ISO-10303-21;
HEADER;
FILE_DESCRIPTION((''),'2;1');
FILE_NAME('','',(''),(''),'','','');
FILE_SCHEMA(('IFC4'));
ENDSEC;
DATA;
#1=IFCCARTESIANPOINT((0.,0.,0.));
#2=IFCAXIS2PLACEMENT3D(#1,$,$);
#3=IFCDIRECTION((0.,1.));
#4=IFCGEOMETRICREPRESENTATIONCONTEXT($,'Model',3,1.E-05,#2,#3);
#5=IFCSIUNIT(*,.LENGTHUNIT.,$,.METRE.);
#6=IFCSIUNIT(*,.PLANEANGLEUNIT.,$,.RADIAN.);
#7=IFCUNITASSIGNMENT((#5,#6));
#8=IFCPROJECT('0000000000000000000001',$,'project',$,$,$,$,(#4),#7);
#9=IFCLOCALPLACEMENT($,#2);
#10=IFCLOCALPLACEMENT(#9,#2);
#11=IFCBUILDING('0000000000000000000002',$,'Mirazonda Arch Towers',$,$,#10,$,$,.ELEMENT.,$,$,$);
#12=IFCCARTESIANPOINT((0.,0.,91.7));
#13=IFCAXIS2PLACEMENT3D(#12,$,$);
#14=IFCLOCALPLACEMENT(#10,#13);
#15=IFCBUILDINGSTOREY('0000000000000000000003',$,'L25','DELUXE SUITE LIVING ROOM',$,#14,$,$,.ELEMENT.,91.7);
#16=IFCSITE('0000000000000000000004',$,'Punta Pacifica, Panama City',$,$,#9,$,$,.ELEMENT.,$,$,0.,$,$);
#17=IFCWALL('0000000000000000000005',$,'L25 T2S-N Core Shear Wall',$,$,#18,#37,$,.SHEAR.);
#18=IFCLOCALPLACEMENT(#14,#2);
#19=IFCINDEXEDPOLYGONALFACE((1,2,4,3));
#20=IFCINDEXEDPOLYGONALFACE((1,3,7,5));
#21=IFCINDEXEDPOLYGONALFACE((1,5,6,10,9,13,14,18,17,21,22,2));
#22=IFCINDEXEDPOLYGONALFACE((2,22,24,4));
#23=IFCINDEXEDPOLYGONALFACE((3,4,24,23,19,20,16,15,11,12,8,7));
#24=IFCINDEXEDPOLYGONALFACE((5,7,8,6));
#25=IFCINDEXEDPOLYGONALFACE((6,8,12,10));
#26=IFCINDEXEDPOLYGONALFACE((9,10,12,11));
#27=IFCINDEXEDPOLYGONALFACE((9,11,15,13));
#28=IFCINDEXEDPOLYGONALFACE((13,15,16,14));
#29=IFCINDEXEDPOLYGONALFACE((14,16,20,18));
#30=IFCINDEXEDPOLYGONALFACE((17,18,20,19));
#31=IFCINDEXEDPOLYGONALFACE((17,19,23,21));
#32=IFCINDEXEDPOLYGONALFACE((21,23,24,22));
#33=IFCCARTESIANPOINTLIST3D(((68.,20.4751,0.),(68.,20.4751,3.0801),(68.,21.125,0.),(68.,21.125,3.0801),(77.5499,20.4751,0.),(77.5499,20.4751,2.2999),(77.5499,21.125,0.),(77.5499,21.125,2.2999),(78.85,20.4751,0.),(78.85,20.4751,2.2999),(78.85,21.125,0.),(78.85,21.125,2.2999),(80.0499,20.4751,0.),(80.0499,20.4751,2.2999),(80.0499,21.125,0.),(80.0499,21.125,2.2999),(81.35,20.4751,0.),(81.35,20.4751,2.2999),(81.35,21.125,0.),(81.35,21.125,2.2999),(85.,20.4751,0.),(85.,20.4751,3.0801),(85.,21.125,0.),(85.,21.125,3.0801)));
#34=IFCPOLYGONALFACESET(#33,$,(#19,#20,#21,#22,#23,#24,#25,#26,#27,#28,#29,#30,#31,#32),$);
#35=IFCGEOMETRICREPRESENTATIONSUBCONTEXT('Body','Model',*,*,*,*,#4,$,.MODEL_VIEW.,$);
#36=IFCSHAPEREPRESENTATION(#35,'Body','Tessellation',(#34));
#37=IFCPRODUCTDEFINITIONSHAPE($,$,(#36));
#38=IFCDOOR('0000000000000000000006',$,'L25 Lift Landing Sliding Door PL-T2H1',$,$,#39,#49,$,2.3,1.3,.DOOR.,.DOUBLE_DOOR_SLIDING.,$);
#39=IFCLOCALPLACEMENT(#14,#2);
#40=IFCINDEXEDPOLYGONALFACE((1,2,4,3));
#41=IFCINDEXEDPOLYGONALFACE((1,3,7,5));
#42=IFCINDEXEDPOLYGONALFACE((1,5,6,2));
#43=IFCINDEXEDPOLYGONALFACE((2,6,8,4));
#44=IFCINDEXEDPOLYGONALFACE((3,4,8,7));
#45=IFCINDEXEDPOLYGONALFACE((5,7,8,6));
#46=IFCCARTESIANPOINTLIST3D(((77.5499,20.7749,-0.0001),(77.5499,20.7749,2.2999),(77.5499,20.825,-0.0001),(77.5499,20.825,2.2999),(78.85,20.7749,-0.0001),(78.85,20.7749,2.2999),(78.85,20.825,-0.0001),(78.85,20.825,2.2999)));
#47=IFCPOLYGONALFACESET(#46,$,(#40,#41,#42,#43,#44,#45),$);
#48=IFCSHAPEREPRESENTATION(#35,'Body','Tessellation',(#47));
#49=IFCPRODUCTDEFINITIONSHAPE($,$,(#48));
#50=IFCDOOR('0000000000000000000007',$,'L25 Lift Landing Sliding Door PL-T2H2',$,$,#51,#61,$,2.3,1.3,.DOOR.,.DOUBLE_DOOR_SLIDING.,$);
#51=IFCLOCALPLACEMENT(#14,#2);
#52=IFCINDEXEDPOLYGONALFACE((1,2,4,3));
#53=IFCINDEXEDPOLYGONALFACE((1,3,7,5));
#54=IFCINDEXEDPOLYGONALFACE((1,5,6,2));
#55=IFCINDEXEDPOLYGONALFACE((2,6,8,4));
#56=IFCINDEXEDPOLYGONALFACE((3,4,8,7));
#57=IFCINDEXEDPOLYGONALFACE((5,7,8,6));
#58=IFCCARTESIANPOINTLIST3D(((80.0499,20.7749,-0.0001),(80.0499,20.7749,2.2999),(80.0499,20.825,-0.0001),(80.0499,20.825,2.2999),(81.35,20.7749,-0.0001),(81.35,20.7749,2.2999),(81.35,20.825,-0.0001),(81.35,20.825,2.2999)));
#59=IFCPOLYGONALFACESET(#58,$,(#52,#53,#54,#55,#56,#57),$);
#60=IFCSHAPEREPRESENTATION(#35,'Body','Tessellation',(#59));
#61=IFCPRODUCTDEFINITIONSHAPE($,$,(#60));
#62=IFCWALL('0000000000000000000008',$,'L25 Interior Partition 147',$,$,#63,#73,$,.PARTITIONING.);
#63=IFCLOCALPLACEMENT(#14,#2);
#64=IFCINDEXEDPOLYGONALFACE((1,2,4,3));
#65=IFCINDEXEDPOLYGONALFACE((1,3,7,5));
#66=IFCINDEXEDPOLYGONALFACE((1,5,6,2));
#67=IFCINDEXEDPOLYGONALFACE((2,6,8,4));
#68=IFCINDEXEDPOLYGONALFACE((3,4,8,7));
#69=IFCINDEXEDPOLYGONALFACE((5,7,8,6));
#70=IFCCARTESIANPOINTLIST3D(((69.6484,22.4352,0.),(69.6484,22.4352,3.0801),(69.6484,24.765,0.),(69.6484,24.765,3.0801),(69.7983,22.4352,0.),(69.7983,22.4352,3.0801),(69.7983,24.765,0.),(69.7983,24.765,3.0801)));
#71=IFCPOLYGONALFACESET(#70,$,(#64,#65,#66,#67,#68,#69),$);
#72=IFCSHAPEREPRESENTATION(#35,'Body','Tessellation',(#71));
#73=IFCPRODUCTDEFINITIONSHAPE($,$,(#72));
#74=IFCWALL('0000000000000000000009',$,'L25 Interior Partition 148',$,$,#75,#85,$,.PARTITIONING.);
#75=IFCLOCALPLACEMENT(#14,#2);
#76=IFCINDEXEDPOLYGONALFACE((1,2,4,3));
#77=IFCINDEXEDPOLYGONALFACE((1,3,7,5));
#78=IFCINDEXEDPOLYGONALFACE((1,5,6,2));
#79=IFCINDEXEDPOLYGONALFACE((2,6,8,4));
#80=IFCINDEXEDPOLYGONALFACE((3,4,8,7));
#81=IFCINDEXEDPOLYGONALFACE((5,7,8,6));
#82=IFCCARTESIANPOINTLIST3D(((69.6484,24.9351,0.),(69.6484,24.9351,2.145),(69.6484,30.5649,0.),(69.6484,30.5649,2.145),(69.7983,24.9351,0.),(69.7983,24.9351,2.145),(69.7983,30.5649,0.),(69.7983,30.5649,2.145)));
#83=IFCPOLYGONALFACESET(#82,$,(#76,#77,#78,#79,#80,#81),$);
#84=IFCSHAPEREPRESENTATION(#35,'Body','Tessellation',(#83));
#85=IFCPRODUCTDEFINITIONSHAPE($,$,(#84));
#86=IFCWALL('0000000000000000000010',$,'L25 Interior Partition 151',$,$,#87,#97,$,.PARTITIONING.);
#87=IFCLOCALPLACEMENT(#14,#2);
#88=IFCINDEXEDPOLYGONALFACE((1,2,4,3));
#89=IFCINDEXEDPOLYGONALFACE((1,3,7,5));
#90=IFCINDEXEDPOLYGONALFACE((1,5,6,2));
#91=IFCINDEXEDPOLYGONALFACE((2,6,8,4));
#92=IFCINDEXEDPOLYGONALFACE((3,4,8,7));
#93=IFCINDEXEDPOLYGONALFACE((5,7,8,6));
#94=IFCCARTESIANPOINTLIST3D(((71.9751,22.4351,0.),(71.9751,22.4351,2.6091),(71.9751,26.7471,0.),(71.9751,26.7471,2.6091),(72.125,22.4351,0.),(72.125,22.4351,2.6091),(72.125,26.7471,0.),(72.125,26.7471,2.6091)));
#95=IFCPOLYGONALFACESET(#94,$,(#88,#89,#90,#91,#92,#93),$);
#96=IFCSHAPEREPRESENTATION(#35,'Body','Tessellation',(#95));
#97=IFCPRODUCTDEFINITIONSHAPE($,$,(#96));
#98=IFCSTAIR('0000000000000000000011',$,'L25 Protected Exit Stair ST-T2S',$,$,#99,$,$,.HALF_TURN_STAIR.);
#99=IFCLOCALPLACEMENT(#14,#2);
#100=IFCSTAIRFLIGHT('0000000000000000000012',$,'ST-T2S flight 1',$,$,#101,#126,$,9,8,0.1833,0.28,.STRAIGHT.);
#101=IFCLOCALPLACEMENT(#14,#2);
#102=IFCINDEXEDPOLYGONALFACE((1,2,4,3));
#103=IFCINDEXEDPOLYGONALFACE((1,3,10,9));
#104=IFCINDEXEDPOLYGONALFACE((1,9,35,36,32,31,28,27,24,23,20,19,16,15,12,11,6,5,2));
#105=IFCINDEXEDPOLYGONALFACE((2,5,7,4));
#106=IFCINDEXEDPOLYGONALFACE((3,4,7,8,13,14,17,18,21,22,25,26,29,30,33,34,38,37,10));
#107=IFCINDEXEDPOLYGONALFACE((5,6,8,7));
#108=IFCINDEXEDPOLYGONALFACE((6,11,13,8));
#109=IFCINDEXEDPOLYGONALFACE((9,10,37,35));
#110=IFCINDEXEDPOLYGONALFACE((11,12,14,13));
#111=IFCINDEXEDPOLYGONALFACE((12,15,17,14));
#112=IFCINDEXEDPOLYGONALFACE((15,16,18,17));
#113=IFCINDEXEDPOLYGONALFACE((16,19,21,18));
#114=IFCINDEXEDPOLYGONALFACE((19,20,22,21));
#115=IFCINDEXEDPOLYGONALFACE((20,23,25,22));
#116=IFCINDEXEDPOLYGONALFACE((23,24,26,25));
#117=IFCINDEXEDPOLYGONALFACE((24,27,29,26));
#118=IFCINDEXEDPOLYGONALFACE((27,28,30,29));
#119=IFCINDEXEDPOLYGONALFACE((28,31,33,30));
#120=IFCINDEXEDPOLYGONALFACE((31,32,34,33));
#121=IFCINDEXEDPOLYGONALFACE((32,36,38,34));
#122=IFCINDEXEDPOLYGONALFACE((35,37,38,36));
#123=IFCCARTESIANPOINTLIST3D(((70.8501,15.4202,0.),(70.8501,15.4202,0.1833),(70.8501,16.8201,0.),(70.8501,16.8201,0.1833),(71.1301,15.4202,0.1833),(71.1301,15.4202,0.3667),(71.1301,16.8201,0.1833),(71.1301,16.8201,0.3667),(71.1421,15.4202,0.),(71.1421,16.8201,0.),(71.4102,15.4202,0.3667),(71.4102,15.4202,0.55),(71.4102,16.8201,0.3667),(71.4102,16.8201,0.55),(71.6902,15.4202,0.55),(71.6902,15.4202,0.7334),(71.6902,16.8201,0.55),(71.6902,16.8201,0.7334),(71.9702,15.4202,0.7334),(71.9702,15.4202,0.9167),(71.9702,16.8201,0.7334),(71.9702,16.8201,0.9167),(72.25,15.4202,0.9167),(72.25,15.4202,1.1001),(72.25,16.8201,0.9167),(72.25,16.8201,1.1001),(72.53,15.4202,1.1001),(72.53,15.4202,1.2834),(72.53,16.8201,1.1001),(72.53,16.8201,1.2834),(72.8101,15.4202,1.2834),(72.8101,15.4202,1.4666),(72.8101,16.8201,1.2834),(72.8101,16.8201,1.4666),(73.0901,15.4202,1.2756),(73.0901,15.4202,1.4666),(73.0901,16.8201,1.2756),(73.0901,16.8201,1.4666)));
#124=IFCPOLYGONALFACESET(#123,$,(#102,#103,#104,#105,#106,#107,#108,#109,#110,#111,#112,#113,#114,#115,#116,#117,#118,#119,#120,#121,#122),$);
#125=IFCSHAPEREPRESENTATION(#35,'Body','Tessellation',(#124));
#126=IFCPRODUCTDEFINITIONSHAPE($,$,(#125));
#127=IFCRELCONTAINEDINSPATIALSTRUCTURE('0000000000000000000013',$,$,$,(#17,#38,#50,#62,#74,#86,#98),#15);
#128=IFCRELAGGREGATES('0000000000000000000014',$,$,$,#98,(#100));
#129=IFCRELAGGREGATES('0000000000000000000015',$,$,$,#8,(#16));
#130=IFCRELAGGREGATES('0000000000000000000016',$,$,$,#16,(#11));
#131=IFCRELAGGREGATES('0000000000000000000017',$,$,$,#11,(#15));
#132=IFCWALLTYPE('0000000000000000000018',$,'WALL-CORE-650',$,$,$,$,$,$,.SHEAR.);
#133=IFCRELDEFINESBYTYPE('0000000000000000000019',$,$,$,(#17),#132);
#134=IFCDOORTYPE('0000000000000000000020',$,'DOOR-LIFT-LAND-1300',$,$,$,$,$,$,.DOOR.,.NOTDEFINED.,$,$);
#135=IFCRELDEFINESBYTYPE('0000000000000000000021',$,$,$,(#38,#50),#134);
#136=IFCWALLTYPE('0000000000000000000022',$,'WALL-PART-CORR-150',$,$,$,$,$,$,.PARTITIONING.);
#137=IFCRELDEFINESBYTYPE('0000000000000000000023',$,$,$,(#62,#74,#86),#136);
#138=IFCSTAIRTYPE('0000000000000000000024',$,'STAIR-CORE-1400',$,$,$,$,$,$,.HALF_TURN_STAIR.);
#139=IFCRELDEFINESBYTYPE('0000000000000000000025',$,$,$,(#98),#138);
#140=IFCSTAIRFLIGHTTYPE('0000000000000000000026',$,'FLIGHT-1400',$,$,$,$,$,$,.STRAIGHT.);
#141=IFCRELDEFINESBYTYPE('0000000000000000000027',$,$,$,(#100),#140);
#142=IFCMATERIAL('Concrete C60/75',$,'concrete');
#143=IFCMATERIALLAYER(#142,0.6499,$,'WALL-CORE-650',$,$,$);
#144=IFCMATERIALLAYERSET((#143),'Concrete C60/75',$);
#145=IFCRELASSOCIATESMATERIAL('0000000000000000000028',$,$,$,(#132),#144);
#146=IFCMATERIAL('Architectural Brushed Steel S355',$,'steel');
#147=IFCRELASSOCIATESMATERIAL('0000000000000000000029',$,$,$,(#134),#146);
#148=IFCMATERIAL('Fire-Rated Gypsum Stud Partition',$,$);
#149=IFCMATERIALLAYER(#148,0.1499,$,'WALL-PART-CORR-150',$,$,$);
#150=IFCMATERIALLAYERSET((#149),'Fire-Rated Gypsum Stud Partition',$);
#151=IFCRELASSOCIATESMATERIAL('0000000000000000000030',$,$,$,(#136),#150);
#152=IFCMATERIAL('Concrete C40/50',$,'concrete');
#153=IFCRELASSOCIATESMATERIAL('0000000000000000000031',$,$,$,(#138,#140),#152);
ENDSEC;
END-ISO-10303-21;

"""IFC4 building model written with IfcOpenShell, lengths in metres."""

from ifc_helpers import new_model, si_unit, direction, frame, frame_2d, origin, place, context, subcontext, project, spatial, polyline, rectangle, outline, extrude, material, layer, layer_set, type_object, element, fill, aggregate, save


model = new_model("IFC4")

# Units and contexts
model_context = context("Model", 3, precision=1e-05, world=origin(), true_north=direction((0.0, 1.0)))
body_context = subcontext(model_context, "Body", "Model", "MODEL_VIEW")
ifc_project = project(units=[si_unit("LENGTHUNIT", "METRE"), si_unit("PLANEANGLEUNIT", "RADIAN")], contexts=[model_context])

# Site, building, storey
site_placement = place(None, origin())
site = spatial("IfcSite", under=ifc_project, at=site_placement, Name="Punta Pacifica, Panama City", CompositionType="ELEMENT", RefElevation=0.0)
building_placement = place(site_placement, origin())
building = spatial("IfcBuilding", under=site, at=building_placement, Name="Mirazonda Arch Towers", CompositionType="ELEMENT")
storey_placement = place(building_placement, frame((0.0, 0.0, 91.7)))
storey = spatial("IfcBuildingStorey", under=building, at=storey_placement, Name="L25", Description="DELUXE SUITE LIVING ROOM", CompositionType="ELEMENT", Elevation=91.7)

# Shared definitions
ifc_material_1 = material(Name="Architectural Brushed Steel S355", Category="steel")

# Shared definitions
ifc_material_2 = material(Name="Concrete C60/75", Category="concrete")
ifc_layer_1 = layer(ifc_material_2, 0.6499, Name="WALL-CORE-650")
ifc_layer_set_1 = layer_set([ifc_layer_1], Name="Concrete C60/75")
wall_type_1 = type_object("IfcWallType", Name="WALL-CORE-650", PredefinedType="SHEAR", material=ifc_layer_set_1)

# Wall, openings, doors
wall_1_placement = place(storey_placement, frame((68.0, 20.8, 0.0), z_axis=(0.0, 0.0, 1.0), x_axis=(1.0, 0.0, 0.0)))
wall_1 = element("IfcWall", 1, at=wall_1_placement, inside=storey, type_object=wall_type_1, Name="L25 T2S-N Core Shear Wall", PredefinedType="SHEAR", context=body_context, shape_type="SweptSolid", body=[
    extrude(rectangle(XDim=17.0, YDim=0.6499, at=frame_2d((8.5, 0.0))), origin(), (0.0, 0.0, 1.0), 3.0801),
])
opening_1_placement = place(wall_1_placement, frame((9.55, 0.0, 0.0)))
opening_1 = element("IfcOpeningElement", 2, at=opening_1_placement, cuts=wall_1, PredefinedType="OPENING", context=body_context, shape_type="SweptSolid", body=[
    extrude(rectangle(XDim=1.3, YDim=2.3, at=frame_2d((0.6499, 1.1499))), frame((0.0, 0.335, 0.0), z_axis=(0.0, -1.0, 0.0), x_axis=(1.0, 0.0, 0.0)), (0.0, 0.0, 1.0), 0.6699),
])
opening_2_placement = place(wall_1_placement, frame((12.05, 0.0, 0.0)))
opening_2 = element("IfcOpeningElement", 3, at=opening_2_placement, cuts=wall_1, PredefinedType="OPENING", context=body_context, shape_type="SweptSolid", body=[
    extrude(rectangle(XDim=1.3, YDim=2.3, at=frame_2d((0.6499, 1.1499))), frame((0.0, 0.335, 0.0), z_axis=(0.0, -1.0, 0.0), x_axis=(1.0, 0.0, 0.0)), (0.0, 0.0, 1.0), 0.6699),
])
door_type_1 = type_object("IfcDoorType", Name="DOOR-LIFT-LAND-1300", OperationType="NOTDEFINED", PredefinedType="DOOR", material=ifc_material_1)
door_1_placement = place(opening_1_placement, origin())
door_1 = element("IfcDoor", 4, at=door_1_placement, inside=storey, type_object=door_type_1, Name="L25 Lift Landing Sliding Door PL-T2H1", OperationType="DOUBLE_DOOR_SLIDING", OverallHeight=2.3, OverallWidth=1.3, PredefinedType="DOOR", context=body_context, shape_type="SweptSolid", body=[
    extrude(rectangle(XDim=1.3, YDim=2.3, at=frame_2d((0.6499, 1.1499))), frame((0.0, 0.0249, 0.0), z_axis=(0.0, -1.0, 0.0), x_axis=(1.0, 0.0, 0.0)), (0.0, 0.0, 1.0), 0.05),
])
fill(opening_1, door_1)
door_2_placement = place(opening_2_placement, origin())
door_2 = element("IfcDoor", 5, at=door_2_placement, inside=storey, type_object=door_type_1, Name="L25 Lift Landing Sliding Door PL-T2H2", OperationType="DOUBLE_DOOR_SLIDING", OverallHeight=2.3, OverallWidth=1.3, PredefinedType="DOOR", context=body_context, shape_type="SweptSolid", body=[
    extrude(rectangle(XDim=1.3, YDim=2.3, at=frame_2d((0.6499, 1.1499))), frame((0.0, 0.0249, 0.0), z_axis=(0.0, -1.0, 0.0), x_axis=(1.0, 0.0, 0.0)), (0.0, 0.0, 1.0), 0.05),
])
fill(opening_2, door_2)

# Walls
ifc_material_3 = material(Name="Fire-Rated Gypsum Stud Partition")
ifc_layer_2 = layer(ifc_material_3, 0.1499, Name="WALL-PART-CORR-150")
ifc_layer_set_2 = layer_set([ifc_layer_2], Name="Fire-Rated Gypsum Stud Partition")
wall_type_2 = type_object("IfcWallType", Name="WALL-PART-CORR-150", PredefinedType="PARTITIONING", material=ifc_layer_set_2)
wall_2_placement = place(storey_placement, frame((69.7234, 22.4351, 0.0), z_axis=(0.0, 0.0, 1.0), x_axis=(0.0, 1.0, 0.0)))
element("IfcWall", 6, at=wall_2_placement, inside=storey, type_object=wall_type_2, Name="L25 Interior Partition 147", PredefinedType="PARTITIONING", context=body_context, shape_type="SweptSolid", body=[
    extrude(rectangle(XDim=2.3298, YDim=0.1499, at=frame_2d((1.165, 0.0))), origin(), (0.0, 0.0, 1.0), 3.0801),
])
wall_3_placement = place(storey_placement, frame((69.7234, 24.9351, 0.0), z_axis=(0.0, 0.0, 1.0), x_axis=(0.0, 1.0, 0.0)))
element("IfcWall", 7, at=wall_3_placement, inside=storey, type_object=wall_type_2, Name="L25 Interior Partition 148", PredefinedType="PARTITIONING", context=body_context, shape_type="SweptSolid", body=[
    extrude(rectangle(XDim=5.6299, YDim=0.1499, at=frame_2d((2.8149, 0.0))), origin(), (0.0, 0.0, 1.0), 2.145),
])
wall_4_placement = place(storey_placement, frame((72.05, 22.4351, 0.0), z_axis=(0.0, 0.0, 1.0), x_axis=(0.0, 1.0, 0.0)))
element("IfcWall", 8, at=wall_4_placement, inside=storey, type_object=wall_type_2, Name="L25 Interior Partition 151", PredefinedType="PARTITIONING", context=body_context, shape_type="SweptSolid", body=[
    extrude(rectangle(XDim=4.312, YDim=0.1499, at=frame_2d((2.156, 0.0))), origin(), (0.0, 0.0, 1.0), 2.6091),
])

# Stair, stair flight
ifc_material_4 = material(Name="Concrete C40/50", Category="concrete")
stair_type = type_object("IfcStairType", Name="STAIR-CORE-1400", PredefinedType="HALF_TURN_STAIR", material=ifc_material_4)
stair_placement = place(storey_placement, origin())
stair = element("IfcStair", 9, at=stair_placement, inside=storey, type_object=stair_type, Name="L25 Protected Exit Stair ST-T2S", PredefinedType="HALF_TURN_STAIR")
stair_flight_type = type_object("IfcStairFlightType", Name="FLIGHT-1400", PredefinedType="STRAIGHT", material=ifc_material_4)
stair_flight_placement = place(storey_placement, frame((70.8501, 16.1201, 0.0), z_axis=(0.0, 0.0, 1.0), x_axis=(1.0, 0.0, 0.0)))
stair_flight = element("IfcStairFlight", 10, at=stair_flight_placement, type_object=stair_flight_type, Name="ST-T2S flight 1", NumberOfRisers=9, NumberOfTreads=8, PredefinedType="STRAIGHT", RiserHeight=0.1833, TreadLength=0.28, context=body_context, shape_type="SweptSolid", body=[
    extrude(outline(polyline([(0.0, 0.0), (0.0, 0.1833), (0.28, 0.1833), (0.28, 0.3667), (0.5601, 0.3667), (0.5601, 0.55), (0.8401, 0.55), (0.8401, 0.7334), (1.1201, 0.7334), (1.1201, 0.9167), (1.3999, 0.9167), (1.3999, 1.1001), (1.6799, 1.1001), (1.6799, 1.2834), (1.96, 1.2834), (1.96, 1.4666), (2.24, 1.4666), (2.24, 1.6499), (2.24, 1.2756), (0.292, 0.0), (0.0, 0.0)])), frame((0.0, 0.7, 0.0), z_axis=(0.0, -1.0, 0.0), x_axis=(1.0, 0.0, 0.0)), (0.0, 0.0, 1.0), 1.3999),
])
aggregate(stair, [stair_flight])

save(model, "model.ifc")
